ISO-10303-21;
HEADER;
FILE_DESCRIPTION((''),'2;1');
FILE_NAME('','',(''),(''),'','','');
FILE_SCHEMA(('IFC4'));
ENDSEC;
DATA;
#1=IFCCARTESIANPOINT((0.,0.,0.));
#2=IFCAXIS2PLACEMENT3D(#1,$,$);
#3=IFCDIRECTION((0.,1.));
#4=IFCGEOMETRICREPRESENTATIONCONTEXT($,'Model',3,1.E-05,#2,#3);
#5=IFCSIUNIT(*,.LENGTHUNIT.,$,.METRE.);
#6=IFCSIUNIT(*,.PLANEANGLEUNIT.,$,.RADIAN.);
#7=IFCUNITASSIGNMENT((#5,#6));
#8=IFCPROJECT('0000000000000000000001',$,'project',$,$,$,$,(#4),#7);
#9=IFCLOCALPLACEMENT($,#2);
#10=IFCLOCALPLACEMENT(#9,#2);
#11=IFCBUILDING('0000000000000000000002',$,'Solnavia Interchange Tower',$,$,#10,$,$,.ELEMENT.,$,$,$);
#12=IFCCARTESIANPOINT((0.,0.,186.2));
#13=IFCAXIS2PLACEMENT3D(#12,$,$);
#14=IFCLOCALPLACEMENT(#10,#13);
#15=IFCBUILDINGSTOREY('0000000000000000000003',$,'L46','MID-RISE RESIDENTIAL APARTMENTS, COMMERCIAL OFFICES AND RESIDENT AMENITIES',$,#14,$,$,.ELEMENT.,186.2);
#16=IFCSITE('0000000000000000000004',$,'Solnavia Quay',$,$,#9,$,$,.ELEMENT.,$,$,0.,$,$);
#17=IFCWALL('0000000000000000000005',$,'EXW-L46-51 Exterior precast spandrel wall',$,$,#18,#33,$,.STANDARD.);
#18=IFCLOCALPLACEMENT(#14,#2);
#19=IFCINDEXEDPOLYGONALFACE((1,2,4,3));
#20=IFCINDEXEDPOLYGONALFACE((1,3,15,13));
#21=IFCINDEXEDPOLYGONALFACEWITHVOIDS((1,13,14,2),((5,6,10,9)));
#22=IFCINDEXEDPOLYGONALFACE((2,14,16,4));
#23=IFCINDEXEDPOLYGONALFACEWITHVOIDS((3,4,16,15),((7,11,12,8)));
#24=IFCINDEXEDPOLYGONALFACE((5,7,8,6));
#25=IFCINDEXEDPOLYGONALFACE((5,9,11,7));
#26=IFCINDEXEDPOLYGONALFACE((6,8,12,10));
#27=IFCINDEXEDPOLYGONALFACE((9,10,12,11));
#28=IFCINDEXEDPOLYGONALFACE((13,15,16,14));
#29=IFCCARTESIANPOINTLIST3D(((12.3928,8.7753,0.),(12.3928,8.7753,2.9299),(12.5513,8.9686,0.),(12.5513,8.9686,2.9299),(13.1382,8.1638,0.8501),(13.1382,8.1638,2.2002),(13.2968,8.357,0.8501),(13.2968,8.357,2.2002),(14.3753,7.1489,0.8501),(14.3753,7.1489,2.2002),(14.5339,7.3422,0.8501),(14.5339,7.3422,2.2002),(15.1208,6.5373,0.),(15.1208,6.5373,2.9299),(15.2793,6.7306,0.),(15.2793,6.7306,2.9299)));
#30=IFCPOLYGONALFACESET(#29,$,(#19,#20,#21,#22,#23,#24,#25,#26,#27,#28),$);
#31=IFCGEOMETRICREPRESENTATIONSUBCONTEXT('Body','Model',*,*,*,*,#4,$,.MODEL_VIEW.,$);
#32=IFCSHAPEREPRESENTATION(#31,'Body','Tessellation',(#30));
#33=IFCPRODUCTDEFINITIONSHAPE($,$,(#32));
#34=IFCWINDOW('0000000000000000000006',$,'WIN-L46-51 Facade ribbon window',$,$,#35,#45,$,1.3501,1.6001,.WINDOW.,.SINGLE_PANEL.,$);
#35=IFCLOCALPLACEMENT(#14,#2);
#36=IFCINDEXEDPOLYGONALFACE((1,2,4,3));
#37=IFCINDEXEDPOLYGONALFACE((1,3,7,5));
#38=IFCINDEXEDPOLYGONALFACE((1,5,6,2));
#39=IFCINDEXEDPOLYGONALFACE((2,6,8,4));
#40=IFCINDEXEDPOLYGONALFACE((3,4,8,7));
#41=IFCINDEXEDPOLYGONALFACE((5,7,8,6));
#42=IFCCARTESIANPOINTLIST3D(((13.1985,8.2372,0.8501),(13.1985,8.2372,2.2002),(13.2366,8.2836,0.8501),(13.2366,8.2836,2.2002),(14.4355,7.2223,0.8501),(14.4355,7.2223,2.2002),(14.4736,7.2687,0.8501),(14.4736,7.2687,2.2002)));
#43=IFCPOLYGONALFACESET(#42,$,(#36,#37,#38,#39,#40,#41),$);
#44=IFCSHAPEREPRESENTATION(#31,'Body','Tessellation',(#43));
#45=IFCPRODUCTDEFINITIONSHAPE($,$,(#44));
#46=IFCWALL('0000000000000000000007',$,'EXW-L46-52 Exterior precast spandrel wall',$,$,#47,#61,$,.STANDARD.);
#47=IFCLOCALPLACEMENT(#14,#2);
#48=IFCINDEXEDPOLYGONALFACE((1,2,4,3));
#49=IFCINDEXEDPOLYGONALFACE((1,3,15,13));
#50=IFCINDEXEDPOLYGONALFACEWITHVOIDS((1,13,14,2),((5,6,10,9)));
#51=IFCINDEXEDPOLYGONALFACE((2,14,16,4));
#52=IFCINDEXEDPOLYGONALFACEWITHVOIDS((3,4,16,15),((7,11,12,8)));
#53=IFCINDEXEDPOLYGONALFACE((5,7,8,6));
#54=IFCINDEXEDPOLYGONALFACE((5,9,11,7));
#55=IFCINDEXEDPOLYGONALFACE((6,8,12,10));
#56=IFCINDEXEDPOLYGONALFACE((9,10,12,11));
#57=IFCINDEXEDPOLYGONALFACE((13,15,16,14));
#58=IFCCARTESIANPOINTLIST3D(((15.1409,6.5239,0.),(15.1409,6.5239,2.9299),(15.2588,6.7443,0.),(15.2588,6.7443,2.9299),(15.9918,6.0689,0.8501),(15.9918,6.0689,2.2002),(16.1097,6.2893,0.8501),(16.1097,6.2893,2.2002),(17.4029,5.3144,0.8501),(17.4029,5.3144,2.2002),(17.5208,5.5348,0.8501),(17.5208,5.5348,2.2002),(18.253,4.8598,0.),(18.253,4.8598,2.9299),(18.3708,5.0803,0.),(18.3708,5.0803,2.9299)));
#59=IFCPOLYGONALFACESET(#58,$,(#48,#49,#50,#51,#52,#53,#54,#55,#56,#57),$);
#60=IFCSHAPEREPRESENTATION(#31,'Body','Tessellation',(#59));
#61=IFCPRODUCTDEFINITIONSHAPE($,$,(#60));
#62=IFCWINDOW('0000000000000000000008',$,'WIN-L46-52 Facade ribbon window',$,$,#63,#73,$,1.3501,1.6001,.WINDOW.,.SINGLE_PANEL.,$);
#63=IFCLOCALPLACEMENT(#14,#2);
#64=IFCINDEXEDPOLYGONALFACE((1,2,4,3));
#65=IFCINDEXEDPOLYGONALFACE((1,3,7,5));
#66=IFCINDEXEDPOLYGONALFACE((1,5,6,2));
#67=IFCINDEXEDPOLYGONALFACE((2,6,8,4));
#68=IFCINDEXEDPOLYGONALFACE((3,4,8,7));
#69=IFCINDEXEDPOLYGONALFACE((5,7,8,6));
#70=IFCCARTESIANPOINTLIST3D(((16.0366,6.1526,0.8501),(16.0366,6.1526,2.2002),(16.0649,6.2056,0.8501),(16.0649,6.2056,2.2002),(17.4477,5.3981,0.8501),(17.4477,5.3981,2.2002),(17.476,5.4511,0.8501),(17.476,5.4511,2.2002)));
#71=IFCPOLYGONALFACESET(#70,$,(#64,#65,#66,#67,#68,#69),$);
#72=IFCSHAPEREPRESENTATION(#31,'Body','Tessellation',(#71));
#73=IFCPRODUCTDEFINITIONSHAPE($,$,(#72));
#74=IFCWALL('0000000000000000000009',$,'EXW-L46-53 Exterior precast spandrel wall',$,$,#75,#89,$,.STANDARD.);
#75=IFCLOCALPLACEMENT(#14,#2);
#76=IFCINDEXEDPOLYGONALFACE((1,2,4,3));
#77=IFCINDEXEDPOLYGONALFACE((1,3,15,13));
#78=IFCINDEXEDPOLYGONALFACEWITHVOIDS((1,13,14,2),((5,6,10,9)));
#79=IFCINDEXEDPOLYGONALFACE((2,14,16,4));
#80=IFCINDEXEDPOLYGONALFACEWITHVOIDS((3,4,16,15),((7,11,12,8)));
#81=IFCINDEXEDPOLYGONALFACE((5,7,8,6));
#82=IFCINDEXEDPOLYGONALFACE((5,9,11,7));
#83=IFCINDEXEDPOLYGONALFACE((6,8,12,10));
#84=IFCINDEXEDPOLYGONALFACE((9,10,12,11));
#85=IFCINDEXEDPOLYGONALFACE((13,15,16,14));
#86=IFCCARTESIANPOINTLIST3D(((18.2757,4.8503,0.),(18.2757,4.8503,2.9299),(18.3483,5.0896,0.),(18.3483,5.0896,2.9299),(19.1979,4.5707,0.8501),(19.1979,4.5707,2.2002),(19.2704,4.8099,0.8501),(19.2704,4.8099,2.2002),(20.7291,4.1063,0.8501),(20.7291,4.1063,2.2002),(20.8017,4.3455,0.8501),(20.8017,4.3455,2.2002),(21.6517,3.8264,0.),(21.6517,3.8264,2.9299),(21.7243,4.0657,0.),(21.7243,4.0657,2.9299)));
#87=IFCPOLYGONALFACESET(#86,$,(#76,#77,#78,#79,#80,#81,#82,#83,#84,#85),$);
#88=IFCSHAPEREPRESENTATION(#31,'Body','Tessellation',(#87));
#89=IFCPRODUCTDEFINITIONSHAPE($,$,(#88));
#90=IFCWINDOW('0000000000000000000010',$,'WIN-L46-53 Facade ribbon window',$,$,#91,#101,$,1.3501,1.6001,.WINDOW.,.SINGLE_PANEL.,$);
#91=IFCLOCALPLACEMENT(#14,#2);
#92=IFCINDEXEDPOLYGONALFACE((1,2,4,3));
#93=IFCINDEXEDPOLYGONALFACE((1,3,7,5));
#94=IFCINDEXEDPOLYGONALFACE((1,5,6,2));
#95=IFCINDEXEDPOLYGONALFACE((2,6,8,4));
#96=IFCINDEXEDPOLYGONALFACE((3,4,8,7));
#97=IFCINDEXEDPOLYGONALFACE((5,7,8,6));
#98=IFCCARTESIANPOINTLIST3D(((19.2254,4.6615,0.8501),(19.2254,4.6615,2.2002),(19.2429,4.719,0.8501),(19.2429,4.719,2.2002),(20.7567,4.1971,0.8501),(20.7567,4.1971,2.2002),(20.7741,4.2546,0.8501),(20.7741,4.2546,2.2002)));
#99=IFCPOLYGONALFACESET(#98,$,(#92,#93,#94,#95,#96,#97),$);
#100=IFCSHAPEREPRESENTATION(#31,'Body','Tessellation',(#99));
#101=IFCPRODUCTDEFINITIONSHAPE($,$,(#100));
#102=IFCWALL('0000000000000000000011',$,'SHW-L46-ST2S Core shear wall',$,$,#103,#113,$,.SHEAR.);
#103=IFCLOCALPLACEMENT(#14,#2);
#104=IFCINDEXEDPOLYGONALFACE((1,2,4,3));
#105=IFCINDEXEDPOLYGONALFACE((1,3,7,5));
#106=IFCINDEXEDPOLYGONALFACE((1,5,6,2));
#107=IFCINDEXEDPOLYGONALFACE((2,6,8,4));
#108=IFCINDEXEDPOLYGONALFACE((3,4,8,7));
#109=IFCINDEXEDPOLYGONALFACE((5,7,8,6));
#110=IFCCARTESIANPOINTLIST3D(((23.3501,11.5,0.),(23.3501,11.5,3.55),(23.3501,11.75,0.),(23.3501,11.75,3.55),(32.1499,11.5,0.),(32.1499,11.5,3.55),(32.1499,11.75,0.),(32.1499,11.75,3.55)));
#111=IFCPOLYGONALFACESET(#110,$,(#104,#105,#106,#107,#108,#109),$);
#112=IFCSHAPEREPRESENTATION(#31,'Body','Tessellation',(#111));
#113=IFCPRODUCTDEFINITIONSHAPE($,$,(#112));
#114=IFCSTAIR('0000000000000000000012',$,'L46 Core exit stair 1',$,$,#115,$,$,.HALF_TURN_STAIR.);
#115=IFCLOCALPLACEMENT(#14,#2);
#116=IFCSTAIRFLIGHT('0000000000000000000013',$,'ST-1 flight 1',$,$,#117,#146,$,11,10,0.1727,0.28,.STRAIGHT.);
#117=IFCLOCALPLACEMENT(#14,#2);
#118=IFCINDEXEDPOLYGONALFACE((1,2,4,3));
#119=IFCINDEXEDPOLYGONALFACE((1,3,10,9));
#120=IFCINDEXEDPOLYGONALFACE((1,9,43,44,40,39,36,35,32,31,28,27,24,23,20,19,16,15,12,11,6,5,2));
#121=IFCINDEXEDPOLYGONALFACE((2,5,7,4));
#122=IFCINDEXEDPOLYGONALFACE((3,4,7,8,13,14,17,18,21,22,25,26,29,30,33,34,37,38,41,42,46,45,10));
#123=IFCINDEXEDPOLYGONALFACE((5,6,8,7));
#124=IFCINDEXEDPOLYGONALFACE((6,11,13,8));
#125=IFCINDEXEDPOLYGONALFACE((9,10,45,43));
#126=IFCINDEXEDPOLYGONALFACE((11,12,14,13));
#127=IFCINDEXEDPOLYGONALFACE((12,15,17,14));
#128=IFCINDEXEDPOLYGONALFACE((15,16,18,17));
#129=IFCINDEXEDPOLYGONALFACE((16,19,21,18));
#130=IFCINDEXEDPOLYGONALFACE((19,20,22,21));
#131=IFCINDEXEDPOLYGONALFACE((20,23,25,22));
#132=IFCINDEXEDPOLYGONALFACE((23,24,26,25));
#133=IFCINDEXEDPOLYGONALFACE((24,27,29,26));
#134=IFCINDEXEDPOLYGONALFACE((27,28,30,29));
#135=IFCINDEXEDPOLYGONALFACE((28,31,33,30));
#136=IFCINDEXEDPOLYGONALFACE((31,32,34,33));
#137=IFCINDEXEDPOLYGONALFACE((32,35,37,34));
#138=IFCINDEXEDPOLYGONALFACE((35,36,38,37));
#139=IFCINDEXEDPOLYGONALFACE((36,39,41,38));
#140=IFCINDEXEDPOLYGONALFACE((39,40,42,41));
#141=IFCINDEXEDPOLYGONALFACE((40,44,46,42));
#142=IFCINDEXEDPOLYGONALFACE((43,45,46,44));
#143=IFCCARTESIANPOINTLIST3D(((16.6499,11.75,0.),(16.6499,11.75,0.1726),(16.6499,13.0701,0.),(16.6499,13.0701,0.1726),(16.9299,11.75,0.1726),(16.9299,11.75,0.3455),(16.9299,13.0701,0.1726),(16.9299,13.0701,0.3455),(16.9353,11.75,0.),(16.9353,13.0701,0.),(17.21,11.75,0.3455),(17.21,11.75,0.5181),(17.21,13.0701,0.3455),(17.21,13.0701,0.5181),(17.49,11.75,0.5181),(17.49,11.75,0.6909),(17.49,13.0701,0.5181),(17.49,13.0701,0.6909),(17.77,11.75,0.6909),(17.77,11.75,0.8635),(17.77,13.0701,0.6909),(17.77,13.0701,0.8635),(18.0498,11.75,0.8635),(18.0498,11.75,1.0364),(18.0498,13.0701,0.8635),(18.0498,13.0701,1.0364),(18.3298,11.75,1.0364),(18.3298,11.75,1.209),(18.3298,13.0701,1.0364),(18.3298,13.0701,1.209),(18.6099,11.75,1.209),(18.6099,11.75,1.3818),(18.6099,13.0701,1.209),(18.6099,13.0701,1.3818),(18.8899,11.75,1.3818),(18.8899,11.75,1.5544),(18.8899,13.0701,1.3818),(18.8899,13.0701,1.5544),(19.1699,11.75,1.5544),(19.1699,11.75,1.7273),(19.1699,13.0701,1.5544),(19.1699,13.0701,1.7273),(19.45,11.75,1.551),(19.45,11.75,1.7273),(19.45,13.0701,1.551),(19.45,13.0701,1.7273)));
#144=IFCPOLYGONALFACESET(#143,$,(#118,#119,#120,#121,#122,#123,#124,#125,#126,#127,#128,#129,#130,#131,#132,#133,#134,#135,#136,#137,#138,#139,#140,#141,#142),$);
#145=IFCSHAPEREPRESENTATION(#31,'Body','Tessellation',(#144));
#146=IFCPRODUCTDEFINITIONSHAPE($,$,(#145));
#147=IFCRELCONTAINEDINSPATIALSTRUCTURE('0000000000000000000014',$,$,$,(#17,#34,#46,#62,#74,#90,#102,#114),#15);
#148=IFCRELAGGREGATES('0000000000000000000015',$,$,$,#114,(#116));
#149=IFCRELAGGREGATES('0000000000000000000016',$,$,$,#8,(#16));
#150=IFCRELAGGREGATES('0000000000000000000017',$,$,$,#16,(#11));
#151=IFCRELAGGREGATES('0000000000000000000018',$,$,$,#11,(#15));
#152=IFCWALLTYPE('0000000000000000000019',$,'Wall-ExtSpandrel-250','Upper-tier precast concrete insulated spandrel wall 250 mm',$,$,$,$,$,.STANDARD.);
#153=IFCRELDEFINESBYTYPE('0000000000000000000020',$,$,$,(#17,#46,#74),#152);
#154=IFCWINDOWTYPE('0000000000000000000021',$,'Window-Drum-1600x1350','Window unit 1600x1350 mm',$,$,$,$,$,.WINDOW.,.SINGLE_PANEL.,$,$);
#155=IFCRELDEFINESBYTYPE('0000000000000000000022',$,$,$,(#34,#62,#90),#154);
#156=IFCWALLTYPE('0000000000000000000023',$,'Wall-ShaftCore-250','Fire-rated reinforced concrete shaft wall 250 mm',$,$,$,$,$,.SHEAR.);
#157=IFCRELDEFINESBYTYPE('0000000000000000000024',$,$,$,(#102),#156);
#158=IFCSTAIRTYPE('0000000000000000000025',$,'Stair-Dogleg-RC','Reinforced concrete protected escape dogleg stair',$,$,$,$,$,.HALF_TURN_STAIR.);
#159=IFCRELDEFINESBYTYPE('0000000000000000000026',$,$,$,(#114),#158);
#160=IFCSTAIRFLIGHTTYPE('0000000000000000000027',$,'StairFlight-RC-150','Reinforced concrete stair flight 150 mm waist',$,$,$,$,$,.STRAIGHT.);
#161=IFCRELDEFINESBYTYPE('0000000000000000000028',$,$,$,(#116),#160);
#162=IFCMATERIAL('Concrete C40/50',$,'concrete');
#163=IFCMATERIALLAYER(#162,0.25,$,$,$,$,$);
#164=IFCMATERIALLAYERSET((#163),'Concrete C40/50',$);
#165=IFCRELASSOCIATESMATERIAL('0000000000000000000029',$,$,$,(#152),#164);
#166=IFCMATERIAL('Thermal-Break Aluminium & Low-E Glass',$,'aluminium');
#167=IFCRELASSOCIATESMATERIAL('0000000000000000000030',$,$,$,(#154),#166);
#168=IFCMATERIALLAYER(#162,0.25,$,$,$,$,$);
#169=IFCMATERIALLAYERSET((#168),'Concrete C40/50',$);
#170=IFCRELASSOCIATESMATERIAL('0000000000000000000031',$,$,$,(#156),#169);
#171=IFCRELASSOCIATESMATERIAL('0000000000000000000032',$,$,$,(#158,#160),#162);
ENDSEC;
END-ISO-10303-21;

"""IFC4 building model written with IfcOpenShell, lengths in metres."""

from ifc_helpers import new_model, si_unit, direction, frame, frame_2d, origin, place, context, subcontext, project, spatial, polyline, rectangle, outline, extrude, material, layer, layer_set, type_object, element, fill, aggregate, save


model = new_model("IFC4")

# Units and contexts
model_context = context("Model", 3, precision=1e-05, world=origin(), true_north=direction((0.0, 1.0)))
body_context = subcontext(model_context, "Body", "Model", "MODEL_VIEW")
ifc_project = project(units=[si_unit("LENGTHUNIT", "METRE"), si_unit("PLANEANGLEUNIT", "RADIAN")], contexts=[model_context])

# Site, building, storey
site_placement = place(None, origin())
site = spatial("IfcSite", under=ifc_project, at=site_placement, Name="Solnavia Quay", CompositionType="ELEMENT", RefElevation=0.0)
building_placement = place(site_placement, origin())
building = spatial("IfcBuilding", under=site, at=building_placement, Name="Solnavia Interchange Tower", CompositionType="ELEMENT")
storey_placement = place(building_placement, frame((0.0, 0.0, 186.2)))
storey = spatial("IfcBuildingStorey", under=building, at=storey_placement, Name="L46", Description="MID-RISE RESIDENTIAL APARTMENTS, COMMERCIAL OFFICES AND RESIDENT AMENITIES", CompositionType="ELEMENT", Elevation=186.2)

# Walls, openings, windows
ifc_material_1 = material(Name="Concrete C40/50", Category="concrete")
ifc_layer_1 = layer(ifc_material_1, 0.25)
ifc_layer_set_1 = layer_set([ifc_layer_1], Name="Concrete C40/50")
wall_type_1 = type_object("IfcWallType", Name="Wall-ExtSpandrel-250", Description="Upper-tier precast concrete insulated spandrel wall 250 mm", PredefinedType="STANDARD", material=ifc_layer_set_1)
wall_1_placement = place(storey_placement, frame((15.2, 6.634, 0.0), z_axis=(0.0, 0.0, 1.0), x_axis=(-0.773121, 0.634258, 0.0)))
wall_1 = element("IfcWall", 1, at=wall_1_placement, inside=storey, type_object=wall_type_1, Name="EXW-L46-51 Exterior precast spandrel wall", PredefinedType="STANDARD", context=body_context, shape_type="SweptSolid", body=[
    extrude(rectangle(XDim=3.5286, YDim=0.25, at=frame_2d((1.7642, 0.0))), origin(), (0.0, 0.0, 1.0), 2.9299),
])
opening_1_placement = place(wall_1_placement, frame((0.9641, 0.0, 0.8501)))
opening_1 = element("IfcOpeningElement", 2, at=opening_1_placement, cuts=wall_1, PredefinedType="OPENING", context=body_context, shape_type="SweptSolid", body=[
    extrude(rectangle(XDim=1.6001, YDim=1.3501, at=frame_2d((0.8, 0.675))), frame((0.0, 0.135, 0.0), z_axis=(0.0, -1.0, 0.0), x_axis=(1.0, 0.0, 0.0)), (0.0, 0.0, 1.0), 0.27),
])
ifc_material_2 = material(Name="Thermal-Break Aluminium & Low-E Glass", Category="aluminium")
window_type = type_object("IfcWindowType", Name="Window-Drum-1600x1350", Description="Window unit 1600x1350 mm", PartitioningType="SINGLE_PANEL", PredefinedType="WINDOW", material=ifc_material_2)
window_1_placement = place(opening_1_placement, origin())
window_1 = element("IfcWindow", 3, at=window_1_placement, inside=storey, type_object=window_type, Name="WIN-L46-51 Facade ribbon window", OverallHeight=1.3501, OverallWidth=1.6001, PartitioningType="SINGLE_PANEL", PredefinedType="WINDOW", context=body_context, shape_type="SweptSolid", body=[
    extrude(rectangle(XDim=1.6001, YDim=1.3501, at=frame_2d((0.8, 0.675))), frame((0.0, 0.03, 0.0), z_axis=(0.0, -1.0, 0.0), x_axis=(1.0, 0.0, 0.0)), (0.0, 0.0, 1.0), 0.0601),
])
fill(opening_1, window_1)
wall_2_placement = place(storey_placement, frame((18.312, 4.97, 0.0), z_axis=(0.0, 0.0, 1.0), x_axis=(-0.881847, 0.471536, 0.0)))
wall_2 = element("IfcWall", 4, at=wall_2_placement, inside=storey, type_object=wall_type_1, Name="EXW-L46-52 Exterior precast spandrel wall", PredefinedType="STANDARD", context=body_context, shape_type="SweptSolid", body=[
    extrude(rectangle(XDim=3.5291, YDim=0.25, at=frame_2d((1.7646, 0.0))), origin(), (0.0, 0.0, 1.0), 2.9299),
])
opening_2_placement = place(wall_2_placement, frame((0.9641, 0.0, 0.8501)))
opening_2 = element("IfcOpeningElement", 5, at=opening_2_placement, cuts=wall_2, PredefinedType="OPENING", context=body_context, shape_type="SweptSolid", body=[
    extrude(rectangle(XDim=1.6001, YDim=1.3501, at=frame_2d((0.8, 0.675))), frame((0.0, 0.135, 0.0), z_axis=(0.0, -1.0, 0.0), x_axis=(1.0, 0.0, 0.0)), (0.0, 0.0, 1.0), 0.27),
])
window_2_placement = place(opening_2_placement, origin())
window_2 = element("IfcWindow", 6, at=window_2_placement, inside=storey, type_object=window_type, Name="WIN-L46-52 Facade ribbon window", OverallHeight=1.3501, OverallWidth=1.6001, PartitioningType="SINGLE_PANEL", PredefinedType="WINDOW", context=body_context, shape_type="SweptSolid", body=[
    extrude(rectangle(XDim=1.6001, YDim=1.3501, at=frame_2d((0.8, 0.675))), frame((0.0, 0.03, 0.0), z_axis=(0.0, -1.0, 0.0), x_axis=(1.0, 0.0, 0.0)), (0.0, 0.0, 1.0), 0.0601),
])
fill(opening_2, window_2)
wall_3_placement = place(storey_placement, frame((21.688, 3.946, 0.0), z_axis=(0.0, 0.0, 1.0), x_axis=(-0.956953, 0.290242, 0.0)))
wall_3 = element("IfcWall", 7, at=wall_3_placement, inside=storey, type_object=wall_type_1, Name="EXW-L46-53 Exterior precast spandrel wall", PredefinedType="STANDARD", context=body_context, shape_type="SweptSolid", body=[
    extrude(rectangle(XDim=3.5278, YDim=0.25, at=frame_2d((1.7639, 0.0))), origin(), (0.0, 0.0, 1.0), 2.9299),
])
opening_3_placement = place(wall_3_placement, frame((0.9641, 0.0, 0.8501)))
opening_3 = element("IfcOpeningElement", 8, at=opening_3_placement, cuts=wall_3, PredefinedType="OPENING", context=body_context, shape_type="SweptSolid", body=[
    extrude(rectangle(XDim=1.6001, YDim=1.3501, at=frame_2d((0.8, 0.675))), frame((0.0, 0.135, 0.0), z_axis=(0.0, -1.0, 0.0), x_axis=(1.0, 0.0, 0.0)), (0.0, 0.0, 1.0), 0.27),
])
window_3_placement = place(opening_3_placement, origin())
window_3 = element("IfcWindow", 9, at=window_3_placement, inside=storey, type_object=window_type, Name="WIN-L46-53 Facade ribbon window", OverallHeight=1.3501, OverallWidth=1.6001, PartitioningType="SINGLE_PANEL", PredefinedType="WINDOW", context=body_context, shape_type="SweptSolid", body=[
    extrude(rectangle(XDim=1.6001, YDim=1.3501, at=frame_2d((0.8, 0.675))), frame((0.0, 0.03, 0.0), z_axis=(0.0, -1.0, 0.0), x_axis=(1.0, 0.0, 0.0)), (0.0, 0.0, 1.0), 0.0601),
])
fill(opening_3, window_3)

# Wall
ifc_layer_2 = layer(ifc_material_1, 0.25)
ifc_layer_set_2 = layer_set([ifc_layer_2], Name="Concrete C40/50")
wall_type_2 = type_object("IfcWallType", Name="Wall-ShaftCore-250", Description="Fire-rated reinforced concrete shaft wall 250 mm", PredefinedType="SHEAR", material=ifc_layer_set_2)
wall_4_placement = place(storey_placement, frame((23.3501, 11.625, 0.0), z_axis=(0.0, 0.0, 1.0), x_axis=(1.0, 0.0, 0.0)))
element("IfcWall", 10, at=wall_4_placement, inside=storey, type_object=wall_type_2, Name="SHW-L46-ST2S Core shear wall", PredefinedType="SHEAR", context=body_context, shape_type="SweptSolid", body=[
    extrude(rectangle(XDim=8.7998, YDim=0.25, at=frame_2d((4.3999, 0.0))), origin(), (0.0, 0.0, 1.0), 3.55),
])

# Stair, stair flight
stair_type = type_object("IfcStairType", Name="Stair-Dogleg-RC", Description="Reinforced concrete protected escape dogleg stair", PredefinedType="HALF_TURN_STAIR", material=ifc_material_1)
stair_placement = place(storey_placement, origin())
stair = element("IfcStair", 11, at=stair_placement, inside=storey, type_object=stair_type, Name="L46 Core exit stair 1", PredefinedType="HALF_TURN_STAIR")
stair_flight_type = type_object("IfcStairFlightType", Name="StairFlight-RC-150", Description="Reinforced concrete stair flight 150 mm waist", PredefinedType="STRAIGHT", material=ifc_material_1)
stair_flight_placement = place(storey_placement, frame((16.6499, 12.4099, 0.0), z_axis=(0.0, 0.0, 1.0), x_axis=(1.0, 0.0, 0.0)))
stair_flight = element("IfcStairFlight", 12, at=stair_flight_placement, type_object=stair_flight_type, Name="ST-1 flight 1", NumberOfRisers=11, NumberOfTreads=10, PredefinedType="STRAIGHT", RiserHeight=0.1727, TreadLength=0.28, context=body_context, shape_type="SweptSolid", body=[
    extrude(outline(polyline([(0.0, 0.0), (0.0, 0.1726), (0.28, 0.1726), (0.28, 0.3455), (0.5601, 0.3455), (0.5601, 0.5181), (0.8401, 0.5181), (0.8401, 0.6909), (1.1201, 0.6909), (1.1201, 0.8635), (1.3999, 0.8635), (1.3999, 1.0364), (1.6799, 1.0364), (1.6799, 1.209), (1.96, 1.209), (1.96, 1.3818), (2.24, 1.3818), (2.24, 1.5544), (2.52, 1.5544), (2.52, 1.7273), (2.8, 1.7273), (2.8, 1.8999), (2.8, 1.551), (0.2854, 0.0), (0.0, 0.0)])), frame((0.0, 0.6602, 0.0), z_axis=(0.0, -1.0, 0.0), x_axis=(1.0, 0.0, 0.0)), (0.0, 0.0, 1.0), 1.3201),
])
aggregate(stair, [stair_flight])

save(model, "model.ifc")
